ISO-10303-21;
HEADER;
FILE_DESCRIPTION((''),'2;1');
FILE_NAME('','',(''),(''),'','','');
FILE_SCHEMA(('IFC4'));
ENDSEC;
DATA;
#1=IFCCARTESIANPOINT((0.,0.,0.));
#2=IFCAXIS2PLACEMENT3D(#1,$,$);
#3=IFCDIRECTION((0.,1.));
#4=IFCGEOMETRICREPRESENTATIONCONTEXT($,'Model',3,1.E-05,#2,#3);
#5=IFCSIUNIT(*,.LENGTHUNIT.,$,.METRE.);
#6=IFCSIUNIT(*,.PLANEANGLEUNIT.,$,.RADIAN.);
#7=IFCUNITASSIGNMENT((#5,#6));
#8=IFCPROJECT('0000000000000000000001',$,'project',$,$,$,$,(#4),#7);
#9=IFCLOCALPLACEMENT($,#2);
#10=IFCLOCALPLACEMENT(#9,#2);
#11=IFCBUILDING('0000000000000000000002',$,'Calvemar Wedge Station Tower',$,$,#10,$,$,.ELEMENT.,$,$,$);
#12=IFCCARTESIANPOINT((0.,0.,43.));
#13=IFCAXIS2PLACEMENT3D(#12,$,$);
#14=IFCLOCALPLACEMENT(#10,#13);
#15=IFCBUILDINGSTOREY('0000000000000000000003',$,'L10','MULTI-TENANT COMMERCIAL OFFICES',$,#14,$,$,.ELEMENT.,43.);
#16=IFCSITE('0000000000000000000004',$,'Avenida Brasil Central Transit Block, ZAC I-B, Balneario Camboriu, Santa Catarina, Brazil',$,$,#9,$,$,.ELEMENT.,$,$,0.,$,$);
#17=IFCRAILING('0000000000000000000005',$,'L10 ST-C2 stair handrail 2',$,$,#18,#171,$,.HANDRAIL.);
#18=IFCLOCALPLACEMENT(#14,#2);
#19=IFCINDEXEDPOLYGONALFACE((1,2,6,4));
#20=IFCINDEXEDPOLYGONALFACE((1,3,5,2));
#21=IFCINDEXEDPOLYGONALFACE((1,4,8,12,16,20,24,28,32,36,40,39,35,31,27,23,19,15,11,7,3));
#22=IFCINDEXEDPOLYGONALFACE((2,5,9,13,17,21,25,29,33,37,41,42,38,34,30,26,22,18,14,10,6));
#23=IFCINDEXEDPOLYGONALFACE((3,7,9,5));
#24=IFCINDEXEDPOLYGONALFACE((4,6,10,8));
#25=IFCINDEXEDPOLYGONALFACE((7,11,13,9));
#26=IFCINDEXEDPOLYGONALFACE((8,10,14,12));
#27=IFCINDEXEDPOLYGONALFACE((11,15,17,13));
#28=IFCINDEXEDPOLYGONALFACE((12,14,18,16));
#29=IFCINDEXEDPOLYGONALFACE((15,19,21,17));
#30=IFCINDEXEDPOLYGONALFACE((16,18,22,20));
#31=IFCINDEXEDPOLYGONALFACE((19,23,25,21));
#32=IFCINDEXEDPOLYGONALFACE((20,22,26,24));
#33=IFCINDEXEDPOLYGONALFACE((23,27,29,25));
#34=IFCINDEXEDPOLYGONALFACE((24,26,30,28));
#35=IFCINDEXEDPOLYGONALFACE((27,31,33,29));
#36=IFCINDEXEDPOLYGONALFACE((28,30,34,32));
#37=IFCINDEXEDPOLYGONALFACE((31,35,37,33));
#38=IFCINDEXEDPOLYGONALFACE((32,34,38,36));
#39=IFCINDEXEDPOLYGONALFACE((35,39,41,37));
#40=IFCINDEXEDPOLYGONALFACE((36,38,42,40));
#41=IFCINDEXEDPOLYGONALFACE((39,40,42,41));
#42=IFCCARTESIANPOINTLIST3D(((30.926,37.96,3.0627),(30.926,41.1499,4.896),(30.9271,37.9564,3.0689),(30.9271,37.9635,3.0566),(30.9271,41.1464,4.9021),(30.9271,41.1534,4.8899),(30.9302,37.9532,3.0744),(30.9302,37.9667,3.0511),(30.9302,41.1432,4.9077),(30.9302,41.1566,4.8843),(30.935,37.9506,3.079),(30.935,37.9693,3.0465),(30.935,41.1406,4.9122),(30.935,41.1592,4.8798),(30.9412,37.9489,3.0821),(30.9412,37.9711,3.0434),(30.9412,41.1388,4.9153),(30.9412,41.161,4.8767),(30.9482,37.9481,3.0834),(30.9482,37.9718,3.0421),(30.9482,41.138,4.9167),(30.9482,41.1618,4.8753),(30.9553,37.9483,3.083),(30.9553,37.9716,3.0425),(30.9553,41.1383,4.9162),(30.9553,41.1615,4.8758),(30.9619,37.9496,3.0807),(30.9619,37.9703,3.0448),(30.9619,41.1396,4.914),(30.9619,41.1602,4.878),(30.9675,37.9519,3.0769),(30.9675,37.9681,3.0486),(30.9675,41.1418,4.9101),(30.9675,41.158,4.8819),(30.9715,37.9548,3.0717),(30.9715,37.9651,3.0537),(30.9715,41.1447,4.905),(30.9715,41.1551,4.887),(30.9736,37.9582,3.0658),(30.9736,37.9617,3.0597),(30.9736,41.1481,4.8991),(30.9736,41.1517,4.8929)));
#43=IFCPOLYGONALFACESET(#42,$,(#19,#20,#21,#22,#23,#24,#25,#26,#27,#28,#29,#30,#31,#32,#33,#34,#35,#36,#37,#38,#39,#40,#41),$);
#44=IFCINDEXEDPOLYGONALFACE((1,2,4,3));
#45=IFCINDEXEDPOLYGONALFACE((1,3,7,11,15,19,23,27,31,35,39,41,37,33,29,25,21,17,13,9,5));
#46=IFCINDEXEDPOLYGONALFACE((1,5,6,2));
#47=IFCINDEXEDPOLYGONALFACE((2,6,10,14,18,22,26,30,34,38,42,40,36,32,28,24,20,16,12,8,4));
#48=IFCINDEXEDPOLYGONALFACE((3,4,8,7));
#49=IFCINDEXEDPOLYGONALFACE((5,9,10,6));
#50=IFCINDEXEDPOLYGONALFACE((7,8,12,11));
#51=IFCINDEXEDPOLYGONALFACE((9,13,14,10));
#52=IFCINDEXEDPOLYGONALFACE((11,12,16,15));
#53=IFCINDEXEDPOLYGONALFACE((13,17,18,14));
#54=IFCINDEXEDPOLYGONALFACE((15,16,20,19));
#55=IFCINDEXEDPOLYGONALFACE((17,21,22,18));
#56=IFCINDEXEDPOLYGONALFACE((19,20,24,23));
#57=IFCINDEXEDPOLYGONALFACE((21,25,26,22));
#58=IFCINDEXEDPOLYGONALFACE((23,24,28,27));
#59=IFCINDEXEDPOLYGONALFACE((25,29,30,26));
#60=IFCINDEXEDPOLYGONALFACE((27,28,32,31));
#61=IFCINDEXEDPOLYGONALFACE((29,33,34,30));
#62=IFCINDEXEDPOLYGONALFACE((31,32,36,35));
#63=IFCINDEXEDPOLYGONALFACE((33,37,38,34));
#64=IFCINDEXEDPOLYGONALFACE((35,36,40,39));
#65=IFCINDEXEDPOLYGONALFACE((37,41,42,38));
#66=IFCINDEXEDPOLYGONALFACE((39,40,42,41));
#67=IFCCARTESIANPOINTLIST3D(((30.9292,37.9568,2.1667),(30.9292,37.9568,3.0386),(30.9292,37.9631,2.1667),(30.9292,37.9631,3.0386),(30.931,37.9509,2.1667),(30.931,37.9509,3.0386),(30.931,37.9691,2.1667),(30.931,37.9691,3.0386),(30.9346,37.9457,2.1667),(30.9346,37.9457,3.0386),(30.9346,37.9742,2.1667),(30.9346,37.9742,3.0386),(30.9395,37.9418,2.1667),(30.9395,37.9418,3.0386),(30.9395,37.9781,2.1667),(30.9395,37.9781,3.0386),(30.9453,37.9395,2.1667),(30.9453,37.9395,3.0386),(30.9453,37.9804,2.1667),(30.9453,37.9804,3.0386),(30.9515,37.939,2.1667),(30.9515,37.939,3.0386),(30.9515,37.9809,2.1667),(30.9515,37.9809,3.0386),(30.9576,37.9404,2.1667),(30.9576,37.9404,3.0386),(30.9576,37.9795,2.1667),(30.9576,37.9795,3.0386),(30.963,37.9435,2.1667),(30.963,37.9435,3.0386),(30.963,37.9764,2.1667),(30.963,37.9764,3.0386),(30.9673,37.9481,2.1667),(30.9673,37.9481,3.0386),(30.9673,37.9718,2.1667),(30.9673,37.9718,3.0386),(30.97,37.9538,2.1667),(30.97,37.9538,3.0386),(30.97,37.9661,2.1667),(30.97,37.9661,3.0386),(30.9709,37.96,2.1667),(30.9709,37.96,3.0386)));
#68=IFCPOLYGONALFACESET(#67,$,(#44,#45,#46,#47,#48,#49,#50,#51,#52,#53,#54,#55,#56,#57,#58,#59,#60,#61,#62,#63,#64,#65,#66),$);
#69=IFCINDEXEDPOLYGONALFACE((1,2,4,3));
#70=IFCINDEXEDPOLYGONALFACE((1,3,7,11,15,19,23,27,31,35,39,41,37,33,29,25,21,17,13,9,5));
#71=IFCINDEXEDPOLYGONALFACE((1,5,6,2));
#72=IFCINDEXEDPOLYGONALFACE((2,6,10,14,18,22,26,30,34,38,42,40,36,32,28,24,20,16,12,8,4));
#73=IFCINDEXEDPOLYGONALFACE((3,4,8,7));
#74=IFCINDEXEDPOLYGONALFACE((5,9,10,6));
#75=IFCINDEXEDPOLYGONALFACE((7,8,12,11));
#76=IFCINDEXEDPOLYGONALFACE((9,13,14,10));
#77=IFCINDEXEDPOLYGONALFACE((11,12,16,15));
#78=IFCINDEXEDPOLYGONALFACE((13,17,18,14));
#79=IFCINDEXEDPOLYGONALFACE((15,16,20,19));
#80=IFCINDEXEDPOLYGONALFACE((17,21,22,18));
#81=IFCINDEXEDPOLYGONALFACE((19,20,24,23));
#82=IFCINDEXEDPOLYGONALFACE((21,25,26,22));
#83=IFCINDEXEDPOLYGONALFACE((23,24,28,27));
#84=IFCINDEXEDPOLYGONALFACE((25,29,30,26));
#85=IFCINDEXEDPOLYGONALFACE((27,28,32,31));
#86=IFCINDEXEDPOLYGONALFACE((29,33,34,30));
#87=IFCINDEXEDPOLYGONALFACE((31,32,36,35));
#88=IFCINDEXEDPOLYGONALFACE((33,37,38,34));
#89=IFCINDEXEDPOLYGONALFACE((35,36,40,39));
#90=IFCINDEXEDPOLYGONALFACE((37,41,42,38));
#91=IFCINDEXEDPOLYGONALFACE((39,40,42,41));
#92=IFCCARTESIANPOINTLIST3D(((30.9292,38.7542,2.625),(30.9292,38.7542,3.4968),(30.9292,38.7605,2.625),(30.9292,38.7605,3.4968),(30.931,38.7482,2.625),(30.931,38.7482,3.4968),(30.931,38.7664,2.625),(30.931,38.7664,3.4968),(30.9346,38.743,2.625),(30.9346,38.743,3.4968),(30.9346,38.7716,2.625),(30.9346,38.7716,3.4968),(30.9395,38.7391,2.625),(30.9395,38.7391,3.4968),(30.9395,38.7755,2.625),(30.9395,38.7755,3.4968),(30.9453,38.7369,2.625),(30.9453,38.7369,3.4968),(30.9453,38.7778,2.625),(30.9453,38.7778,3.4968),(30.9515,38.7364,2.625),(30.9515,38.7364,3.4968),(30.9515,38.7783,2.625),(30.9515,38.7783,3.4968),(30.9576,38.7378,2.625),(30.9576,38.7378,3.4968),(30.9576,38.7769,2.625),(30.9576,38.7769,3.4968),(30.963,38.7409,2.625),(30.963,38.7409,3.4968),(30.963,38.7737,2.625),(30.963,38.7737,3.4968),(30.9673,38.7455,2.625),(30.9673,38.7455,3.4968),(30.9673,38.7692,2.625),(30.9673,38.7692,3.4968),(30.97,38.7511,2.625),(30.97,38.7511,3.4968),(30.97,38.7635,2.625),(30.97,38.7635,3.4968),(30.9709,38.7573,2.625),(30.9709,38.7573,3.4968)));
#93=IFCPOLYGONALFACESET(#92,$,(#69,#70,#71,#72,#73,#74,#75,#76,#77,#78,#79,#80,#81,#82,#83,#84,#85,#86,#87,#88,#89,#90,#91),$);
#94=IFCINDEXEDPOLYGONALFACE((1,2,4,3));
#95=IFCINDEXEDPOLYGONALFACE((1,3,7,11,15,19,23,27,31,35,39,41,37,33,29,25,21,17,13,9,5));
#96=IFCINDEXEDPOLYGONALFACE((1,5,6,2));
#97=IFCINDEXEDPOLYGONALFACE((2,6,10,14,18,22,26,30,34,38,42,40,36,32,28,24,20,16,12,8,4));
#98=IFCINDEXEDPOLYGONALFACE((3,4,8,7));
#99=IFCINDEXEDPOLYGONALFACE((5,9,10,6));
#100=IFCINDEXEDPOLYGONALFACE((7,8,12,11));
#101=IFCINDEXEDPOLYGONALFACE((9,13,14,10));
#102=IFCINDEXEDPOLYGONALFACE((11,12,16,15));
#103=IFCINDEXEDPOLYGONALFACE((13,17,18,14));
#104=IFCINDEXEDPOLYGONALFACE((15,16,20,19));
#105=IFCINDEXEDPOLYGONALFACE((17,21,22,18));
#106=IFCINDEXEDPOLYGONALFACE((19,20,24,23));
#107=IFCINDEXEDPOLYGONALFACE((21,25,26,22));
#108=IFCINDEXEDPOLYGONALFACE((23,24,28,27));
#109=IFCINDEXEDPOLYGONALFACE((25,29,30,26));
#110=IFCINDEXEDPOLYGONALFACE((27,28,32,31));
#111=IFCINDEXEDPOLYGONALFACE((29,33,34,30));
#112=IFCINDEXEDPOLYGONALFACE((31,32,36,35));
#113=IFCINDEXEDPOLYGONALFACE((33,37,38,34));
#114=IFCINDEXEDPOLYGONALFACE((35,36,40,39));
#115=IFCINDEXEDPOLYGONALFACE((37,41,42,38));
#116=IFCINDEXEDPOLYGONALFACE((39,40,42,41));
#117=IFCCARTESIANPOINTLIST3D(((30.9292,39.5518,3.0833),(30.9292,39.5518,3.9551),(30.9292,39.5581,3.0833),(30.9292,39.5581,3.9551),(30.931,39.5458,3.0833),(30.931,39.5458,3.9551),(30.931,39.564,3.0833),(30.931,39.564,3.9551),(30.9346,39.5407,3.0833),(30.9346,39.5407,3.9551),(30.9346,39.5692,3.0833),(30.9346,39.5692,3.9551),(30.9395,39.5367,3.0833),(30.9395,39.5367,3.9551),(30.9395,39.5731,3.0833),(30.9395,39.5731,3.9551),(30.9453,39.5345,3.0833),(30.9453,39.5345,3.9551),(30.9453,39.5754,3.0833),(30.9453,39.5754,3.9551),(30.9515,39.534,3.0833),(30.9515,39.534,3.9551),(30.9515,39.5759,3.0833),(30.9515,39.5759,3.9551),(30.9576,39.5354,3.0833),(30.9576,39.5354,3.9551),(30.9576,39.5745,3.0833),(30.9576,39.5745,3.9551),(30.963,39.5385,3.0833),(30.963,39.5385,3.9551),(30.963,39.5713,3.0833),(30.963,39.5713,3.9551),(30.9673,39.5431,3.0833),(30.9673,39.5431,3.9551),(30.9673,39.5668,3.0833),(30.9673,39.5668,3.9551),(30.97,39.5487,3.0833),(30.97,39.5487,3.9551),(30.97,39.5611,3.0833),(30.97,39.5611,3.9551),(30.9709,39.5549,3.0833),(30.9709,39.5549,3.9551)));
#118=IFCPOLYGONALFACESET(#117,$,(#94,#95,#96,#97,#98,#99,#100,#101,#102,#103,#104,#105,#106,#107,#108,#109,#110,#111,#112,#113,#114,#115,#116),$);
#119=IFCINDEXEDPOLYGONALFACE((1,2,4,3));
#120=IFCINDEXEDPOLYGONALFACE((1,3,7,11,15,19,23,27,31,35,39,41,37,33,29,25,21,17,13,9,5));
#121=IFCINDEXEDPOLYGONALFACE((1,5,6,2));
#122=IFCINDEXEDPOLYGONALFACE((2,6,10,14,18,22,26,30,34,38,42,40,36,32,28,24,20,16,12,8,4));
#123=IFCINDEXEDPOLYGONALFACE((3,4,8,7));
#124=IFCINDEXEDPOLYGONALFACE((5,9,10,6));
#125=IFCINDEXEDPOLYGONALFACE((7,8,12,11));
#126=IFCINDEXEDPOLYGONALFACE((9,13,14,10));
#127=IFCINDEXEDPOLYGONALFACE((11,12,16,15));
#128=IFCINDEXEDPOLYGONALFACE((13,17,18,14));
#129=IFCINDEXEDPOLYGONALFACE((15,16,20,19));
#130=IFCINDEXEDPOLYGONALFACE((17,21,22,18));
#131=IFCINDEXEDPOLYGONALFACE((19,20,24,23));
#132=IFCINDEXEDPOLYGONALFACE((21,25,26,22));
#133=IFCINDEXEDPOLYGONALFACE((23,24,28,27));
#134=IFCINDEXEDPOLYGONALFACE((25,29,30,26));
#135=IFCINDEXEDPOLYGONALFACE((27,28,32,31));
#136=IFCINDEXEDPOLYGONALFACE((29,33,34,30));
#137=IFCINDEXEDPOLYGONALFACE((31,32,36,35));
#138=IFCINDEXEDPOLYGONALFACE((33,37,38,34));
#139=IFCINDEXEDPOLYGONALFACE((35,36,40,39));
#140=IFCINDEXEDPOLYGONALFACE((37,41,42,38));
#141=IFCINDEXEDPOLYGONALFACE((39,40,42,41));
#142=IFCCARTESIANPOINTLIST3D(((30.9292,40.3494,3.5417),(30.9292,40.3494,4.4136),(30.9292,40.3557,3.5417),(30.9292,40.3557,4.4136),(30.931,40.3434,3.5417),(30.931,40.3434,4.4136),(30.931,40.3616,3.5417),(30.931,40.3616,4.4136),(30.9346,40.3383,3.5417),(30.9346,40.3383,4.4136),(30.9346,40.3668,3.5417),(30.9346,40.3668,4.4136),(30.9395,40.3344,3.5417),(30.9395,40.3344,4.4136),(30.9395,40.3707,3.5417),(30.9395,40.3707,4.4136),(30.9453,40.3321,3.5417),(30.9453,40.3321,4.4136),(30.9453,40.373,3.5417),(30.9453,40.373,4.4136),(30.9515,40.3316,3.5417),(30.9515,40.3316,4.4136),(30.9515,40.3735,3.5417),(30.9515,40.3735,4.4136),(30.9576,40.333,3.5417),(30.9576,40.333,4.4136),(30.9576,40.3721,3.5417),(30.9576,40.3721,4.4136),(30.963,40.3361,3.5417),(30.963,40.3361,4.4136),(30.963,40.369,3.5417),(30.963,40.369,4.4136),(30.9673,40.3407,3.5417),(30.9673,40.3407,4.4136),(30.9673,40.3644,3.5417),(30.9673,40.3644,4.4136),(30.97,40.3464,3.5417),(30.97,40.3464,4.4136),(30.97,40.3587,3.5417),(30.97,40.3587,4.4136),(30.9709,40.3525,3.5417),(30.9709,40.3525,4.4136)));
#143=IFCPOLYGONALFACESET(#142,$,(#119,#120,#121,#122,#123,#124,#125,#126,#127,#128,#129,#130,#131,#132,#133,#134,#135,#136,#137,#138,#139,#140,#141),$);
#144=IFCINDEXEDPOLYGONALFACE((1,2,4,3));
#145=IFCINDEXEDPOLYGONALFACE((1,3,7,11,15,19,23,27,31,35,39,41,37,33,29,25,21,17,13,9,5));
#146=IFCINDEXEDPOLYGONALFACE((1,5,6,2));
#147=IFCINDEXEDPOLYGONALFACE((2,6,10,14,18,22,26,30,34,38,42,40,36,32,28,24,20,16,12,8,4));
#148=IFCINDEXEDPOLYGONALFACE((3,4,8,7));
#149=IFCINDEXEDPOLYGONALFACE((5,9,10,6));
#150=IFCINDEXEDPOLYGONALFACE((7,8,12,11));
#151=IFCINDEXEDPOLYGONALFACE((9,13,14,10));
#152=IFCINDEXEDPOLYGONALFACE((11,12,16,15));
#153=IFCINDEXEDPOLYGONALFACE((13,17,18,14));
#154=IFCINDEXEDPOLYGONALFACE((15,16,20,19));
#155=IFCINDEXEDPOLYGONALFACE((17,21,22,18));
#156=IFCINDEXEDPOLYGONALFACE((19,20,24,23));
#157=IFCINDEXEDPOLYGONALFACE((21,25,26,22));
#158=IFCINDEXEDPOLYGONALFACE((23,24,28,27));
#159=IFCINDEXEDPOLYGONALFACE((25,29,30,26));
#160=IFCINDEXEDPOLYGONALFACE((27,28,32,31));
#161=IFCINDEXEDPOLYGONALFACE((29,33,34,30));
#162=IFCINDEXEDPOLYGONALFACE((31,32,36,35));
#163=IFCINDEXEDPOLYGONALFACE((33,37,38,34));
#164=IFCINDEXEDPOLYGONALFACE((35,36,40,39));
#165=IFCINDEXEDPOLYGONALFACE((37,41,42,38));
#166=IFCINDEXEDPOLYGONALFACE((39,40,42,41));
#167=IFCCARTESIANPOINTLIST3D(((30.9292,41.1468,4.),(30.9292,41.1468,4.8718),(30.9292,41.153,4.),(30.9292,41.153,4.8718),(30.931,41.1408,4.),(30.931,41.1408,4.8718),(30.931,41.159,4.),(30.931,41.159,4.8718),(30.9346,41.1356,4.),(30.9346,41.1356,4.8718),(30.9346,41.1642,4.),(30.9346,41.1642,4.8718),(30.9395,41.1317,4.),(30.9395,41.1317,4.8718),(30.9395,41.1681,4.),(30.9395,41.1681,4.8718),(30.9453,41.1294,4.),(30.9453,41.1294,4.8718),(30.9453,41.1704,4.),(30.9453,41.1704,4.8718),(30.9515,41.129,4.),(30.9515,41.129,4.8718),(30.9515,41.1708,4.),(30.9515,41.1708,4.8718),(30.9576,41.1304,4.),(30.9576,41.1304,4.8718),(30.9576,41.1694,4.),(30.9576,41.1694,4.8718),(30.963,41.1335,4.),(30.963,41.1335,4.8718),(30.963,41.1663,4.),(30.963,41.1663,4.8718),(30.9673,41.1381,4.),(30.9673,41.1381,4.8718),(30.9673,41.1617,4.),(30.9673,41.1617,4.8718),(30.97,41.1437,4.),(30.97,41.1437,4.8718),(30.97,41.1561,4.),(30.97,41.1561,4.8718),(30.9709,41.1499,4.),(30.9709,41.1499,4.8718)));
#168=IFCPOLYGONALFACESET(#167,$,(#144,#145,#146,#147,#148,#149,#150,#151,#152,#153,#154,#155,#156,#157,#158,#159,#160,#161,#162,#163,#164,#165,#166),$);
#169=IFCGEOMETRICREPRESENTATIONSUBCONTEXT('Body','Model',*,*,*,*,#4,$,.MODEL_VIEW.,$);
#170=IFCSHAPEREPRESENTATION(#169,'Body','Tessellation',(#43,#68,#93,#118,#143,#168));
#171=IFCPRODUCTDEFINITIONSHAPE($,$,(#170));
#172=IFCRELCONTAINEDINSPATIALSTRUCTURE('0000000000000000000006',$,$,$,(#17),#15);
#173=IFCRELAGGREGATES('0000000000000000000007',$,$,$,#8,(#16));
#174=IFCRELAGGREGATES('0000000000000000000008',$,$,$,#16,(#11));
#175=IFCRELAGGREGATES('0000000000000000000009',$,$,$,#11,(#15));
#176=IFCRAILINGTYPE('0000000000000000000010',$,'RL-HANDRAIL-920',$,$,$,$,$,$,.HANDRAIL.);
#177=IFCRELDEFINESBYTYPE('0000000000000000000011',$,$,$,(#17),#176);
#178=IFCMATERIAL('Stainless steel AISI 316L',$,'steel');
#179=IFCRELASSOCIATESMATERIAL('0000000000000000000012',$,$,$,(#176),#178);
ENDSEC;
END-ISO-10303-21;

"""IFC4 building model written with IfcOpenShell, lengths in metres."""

from ifc_helpers import new_model, si_unit, direction, frame, origin, origin_2d, place, context, subcontext, project, spatial, circle, extrude, material, type_object, element, save


model = new_model("IFC4")

# Units and contexts
model_context = context("Model", 3, precision=1e-05, world=origin(), true_north=direction((0.0, 1.0)))
body_context = subcontext(model_context, "Body", "Model", "MODEL_VIEW")
ifc_project = project(units=[si_unit("LENGTHUNIT", "METRE"), si_unit("PLANEANGLEUNIT", "RADIAN")], contexts=[model_context])

# Site, building, storey
site_placement = place(None, origin())
site = spatial("IfcSite", under=ifc_project, at=site_placement, Name="Avenida Brasil Central Transit Block, ZAC I-B, Balneario Camboriu, Santa Catarina, Brazil", CompositionType="ELEMENT", RefElevation=0.0)
building_placement = place(site_placement, origin())
building = spatial("IfcBuilding", under=site, at=building_placement, Name="Calvemar Wedge Station Tower", CompositionType="ELEMENT")
storey_placement = place(building_placement, frame((0.0, 0.0, 43.0)))
storey = spatial("IfcBuildingStorey", under=building, at=storey_placement, Name="L10", Description="MULTI-TENANT COMMERCIAL OFFICES", CompositionType="ELEMENT", Elevation=43.0)

# Railing
ifc_material_1 = material(Name="Stainless steel AISI 316L", Category="steel")
railing_type_1 = type_object("IfcRailingType", Name="RL-HANDRAIL-920", PredefinedType="HANDRAIL", material=ifc_material_1)
railing_1_placement = place(storey_placement, frame((30.95, 37.96, 2.1667)))
element("IfcRailing", 1, at=railing_1_placement, inside=storey, type_object=railing_type_1, Name="L10 ST-C2 stair handrail 2", PredefinedType="HANDRAIL", context=body_context, shape_type="SweptSolid", body=[
    extrude(circle(Radius=0.0239, at=origin_2d()), frame((0.0, 0.0, 0.896), z_axis=(0.0, 0.86702, 0.498274), x_axis=(-1.0, 0.0, 0.0)), (0.0, 0.0, 1.0), 3.6792),
    extrude(circle(Radius=0.021, at=origin_2d()), origin(), (0.0, 0.0, 1.0), 0.8718),
    extrude(circle(Radius=0.021, at=origin_2d()), frame((0.0, 0.7974, 0.4583)), (0.0, 0.0, 1.0), 0.8718),
    extrude(circle(Radius=0.021, at=origin_2d()), frame((0.0, 1.595, 0.9165)), (0.0, 0.0, 1.0), 0.8718),
    extrude(circle(Radius=0.021, at=origin_2d()), frame((0.0, 2.3926, 1.375)), (0.0, 0.0, 1.0), 0.8718),
    extrude(circle(Radius=0.021, at=origin_2d()), frame((0.0, 3.1899, 1.8333)), (0.0, 0.0, 1.0), 0.8718),
])

save(model, "model.ifc")
